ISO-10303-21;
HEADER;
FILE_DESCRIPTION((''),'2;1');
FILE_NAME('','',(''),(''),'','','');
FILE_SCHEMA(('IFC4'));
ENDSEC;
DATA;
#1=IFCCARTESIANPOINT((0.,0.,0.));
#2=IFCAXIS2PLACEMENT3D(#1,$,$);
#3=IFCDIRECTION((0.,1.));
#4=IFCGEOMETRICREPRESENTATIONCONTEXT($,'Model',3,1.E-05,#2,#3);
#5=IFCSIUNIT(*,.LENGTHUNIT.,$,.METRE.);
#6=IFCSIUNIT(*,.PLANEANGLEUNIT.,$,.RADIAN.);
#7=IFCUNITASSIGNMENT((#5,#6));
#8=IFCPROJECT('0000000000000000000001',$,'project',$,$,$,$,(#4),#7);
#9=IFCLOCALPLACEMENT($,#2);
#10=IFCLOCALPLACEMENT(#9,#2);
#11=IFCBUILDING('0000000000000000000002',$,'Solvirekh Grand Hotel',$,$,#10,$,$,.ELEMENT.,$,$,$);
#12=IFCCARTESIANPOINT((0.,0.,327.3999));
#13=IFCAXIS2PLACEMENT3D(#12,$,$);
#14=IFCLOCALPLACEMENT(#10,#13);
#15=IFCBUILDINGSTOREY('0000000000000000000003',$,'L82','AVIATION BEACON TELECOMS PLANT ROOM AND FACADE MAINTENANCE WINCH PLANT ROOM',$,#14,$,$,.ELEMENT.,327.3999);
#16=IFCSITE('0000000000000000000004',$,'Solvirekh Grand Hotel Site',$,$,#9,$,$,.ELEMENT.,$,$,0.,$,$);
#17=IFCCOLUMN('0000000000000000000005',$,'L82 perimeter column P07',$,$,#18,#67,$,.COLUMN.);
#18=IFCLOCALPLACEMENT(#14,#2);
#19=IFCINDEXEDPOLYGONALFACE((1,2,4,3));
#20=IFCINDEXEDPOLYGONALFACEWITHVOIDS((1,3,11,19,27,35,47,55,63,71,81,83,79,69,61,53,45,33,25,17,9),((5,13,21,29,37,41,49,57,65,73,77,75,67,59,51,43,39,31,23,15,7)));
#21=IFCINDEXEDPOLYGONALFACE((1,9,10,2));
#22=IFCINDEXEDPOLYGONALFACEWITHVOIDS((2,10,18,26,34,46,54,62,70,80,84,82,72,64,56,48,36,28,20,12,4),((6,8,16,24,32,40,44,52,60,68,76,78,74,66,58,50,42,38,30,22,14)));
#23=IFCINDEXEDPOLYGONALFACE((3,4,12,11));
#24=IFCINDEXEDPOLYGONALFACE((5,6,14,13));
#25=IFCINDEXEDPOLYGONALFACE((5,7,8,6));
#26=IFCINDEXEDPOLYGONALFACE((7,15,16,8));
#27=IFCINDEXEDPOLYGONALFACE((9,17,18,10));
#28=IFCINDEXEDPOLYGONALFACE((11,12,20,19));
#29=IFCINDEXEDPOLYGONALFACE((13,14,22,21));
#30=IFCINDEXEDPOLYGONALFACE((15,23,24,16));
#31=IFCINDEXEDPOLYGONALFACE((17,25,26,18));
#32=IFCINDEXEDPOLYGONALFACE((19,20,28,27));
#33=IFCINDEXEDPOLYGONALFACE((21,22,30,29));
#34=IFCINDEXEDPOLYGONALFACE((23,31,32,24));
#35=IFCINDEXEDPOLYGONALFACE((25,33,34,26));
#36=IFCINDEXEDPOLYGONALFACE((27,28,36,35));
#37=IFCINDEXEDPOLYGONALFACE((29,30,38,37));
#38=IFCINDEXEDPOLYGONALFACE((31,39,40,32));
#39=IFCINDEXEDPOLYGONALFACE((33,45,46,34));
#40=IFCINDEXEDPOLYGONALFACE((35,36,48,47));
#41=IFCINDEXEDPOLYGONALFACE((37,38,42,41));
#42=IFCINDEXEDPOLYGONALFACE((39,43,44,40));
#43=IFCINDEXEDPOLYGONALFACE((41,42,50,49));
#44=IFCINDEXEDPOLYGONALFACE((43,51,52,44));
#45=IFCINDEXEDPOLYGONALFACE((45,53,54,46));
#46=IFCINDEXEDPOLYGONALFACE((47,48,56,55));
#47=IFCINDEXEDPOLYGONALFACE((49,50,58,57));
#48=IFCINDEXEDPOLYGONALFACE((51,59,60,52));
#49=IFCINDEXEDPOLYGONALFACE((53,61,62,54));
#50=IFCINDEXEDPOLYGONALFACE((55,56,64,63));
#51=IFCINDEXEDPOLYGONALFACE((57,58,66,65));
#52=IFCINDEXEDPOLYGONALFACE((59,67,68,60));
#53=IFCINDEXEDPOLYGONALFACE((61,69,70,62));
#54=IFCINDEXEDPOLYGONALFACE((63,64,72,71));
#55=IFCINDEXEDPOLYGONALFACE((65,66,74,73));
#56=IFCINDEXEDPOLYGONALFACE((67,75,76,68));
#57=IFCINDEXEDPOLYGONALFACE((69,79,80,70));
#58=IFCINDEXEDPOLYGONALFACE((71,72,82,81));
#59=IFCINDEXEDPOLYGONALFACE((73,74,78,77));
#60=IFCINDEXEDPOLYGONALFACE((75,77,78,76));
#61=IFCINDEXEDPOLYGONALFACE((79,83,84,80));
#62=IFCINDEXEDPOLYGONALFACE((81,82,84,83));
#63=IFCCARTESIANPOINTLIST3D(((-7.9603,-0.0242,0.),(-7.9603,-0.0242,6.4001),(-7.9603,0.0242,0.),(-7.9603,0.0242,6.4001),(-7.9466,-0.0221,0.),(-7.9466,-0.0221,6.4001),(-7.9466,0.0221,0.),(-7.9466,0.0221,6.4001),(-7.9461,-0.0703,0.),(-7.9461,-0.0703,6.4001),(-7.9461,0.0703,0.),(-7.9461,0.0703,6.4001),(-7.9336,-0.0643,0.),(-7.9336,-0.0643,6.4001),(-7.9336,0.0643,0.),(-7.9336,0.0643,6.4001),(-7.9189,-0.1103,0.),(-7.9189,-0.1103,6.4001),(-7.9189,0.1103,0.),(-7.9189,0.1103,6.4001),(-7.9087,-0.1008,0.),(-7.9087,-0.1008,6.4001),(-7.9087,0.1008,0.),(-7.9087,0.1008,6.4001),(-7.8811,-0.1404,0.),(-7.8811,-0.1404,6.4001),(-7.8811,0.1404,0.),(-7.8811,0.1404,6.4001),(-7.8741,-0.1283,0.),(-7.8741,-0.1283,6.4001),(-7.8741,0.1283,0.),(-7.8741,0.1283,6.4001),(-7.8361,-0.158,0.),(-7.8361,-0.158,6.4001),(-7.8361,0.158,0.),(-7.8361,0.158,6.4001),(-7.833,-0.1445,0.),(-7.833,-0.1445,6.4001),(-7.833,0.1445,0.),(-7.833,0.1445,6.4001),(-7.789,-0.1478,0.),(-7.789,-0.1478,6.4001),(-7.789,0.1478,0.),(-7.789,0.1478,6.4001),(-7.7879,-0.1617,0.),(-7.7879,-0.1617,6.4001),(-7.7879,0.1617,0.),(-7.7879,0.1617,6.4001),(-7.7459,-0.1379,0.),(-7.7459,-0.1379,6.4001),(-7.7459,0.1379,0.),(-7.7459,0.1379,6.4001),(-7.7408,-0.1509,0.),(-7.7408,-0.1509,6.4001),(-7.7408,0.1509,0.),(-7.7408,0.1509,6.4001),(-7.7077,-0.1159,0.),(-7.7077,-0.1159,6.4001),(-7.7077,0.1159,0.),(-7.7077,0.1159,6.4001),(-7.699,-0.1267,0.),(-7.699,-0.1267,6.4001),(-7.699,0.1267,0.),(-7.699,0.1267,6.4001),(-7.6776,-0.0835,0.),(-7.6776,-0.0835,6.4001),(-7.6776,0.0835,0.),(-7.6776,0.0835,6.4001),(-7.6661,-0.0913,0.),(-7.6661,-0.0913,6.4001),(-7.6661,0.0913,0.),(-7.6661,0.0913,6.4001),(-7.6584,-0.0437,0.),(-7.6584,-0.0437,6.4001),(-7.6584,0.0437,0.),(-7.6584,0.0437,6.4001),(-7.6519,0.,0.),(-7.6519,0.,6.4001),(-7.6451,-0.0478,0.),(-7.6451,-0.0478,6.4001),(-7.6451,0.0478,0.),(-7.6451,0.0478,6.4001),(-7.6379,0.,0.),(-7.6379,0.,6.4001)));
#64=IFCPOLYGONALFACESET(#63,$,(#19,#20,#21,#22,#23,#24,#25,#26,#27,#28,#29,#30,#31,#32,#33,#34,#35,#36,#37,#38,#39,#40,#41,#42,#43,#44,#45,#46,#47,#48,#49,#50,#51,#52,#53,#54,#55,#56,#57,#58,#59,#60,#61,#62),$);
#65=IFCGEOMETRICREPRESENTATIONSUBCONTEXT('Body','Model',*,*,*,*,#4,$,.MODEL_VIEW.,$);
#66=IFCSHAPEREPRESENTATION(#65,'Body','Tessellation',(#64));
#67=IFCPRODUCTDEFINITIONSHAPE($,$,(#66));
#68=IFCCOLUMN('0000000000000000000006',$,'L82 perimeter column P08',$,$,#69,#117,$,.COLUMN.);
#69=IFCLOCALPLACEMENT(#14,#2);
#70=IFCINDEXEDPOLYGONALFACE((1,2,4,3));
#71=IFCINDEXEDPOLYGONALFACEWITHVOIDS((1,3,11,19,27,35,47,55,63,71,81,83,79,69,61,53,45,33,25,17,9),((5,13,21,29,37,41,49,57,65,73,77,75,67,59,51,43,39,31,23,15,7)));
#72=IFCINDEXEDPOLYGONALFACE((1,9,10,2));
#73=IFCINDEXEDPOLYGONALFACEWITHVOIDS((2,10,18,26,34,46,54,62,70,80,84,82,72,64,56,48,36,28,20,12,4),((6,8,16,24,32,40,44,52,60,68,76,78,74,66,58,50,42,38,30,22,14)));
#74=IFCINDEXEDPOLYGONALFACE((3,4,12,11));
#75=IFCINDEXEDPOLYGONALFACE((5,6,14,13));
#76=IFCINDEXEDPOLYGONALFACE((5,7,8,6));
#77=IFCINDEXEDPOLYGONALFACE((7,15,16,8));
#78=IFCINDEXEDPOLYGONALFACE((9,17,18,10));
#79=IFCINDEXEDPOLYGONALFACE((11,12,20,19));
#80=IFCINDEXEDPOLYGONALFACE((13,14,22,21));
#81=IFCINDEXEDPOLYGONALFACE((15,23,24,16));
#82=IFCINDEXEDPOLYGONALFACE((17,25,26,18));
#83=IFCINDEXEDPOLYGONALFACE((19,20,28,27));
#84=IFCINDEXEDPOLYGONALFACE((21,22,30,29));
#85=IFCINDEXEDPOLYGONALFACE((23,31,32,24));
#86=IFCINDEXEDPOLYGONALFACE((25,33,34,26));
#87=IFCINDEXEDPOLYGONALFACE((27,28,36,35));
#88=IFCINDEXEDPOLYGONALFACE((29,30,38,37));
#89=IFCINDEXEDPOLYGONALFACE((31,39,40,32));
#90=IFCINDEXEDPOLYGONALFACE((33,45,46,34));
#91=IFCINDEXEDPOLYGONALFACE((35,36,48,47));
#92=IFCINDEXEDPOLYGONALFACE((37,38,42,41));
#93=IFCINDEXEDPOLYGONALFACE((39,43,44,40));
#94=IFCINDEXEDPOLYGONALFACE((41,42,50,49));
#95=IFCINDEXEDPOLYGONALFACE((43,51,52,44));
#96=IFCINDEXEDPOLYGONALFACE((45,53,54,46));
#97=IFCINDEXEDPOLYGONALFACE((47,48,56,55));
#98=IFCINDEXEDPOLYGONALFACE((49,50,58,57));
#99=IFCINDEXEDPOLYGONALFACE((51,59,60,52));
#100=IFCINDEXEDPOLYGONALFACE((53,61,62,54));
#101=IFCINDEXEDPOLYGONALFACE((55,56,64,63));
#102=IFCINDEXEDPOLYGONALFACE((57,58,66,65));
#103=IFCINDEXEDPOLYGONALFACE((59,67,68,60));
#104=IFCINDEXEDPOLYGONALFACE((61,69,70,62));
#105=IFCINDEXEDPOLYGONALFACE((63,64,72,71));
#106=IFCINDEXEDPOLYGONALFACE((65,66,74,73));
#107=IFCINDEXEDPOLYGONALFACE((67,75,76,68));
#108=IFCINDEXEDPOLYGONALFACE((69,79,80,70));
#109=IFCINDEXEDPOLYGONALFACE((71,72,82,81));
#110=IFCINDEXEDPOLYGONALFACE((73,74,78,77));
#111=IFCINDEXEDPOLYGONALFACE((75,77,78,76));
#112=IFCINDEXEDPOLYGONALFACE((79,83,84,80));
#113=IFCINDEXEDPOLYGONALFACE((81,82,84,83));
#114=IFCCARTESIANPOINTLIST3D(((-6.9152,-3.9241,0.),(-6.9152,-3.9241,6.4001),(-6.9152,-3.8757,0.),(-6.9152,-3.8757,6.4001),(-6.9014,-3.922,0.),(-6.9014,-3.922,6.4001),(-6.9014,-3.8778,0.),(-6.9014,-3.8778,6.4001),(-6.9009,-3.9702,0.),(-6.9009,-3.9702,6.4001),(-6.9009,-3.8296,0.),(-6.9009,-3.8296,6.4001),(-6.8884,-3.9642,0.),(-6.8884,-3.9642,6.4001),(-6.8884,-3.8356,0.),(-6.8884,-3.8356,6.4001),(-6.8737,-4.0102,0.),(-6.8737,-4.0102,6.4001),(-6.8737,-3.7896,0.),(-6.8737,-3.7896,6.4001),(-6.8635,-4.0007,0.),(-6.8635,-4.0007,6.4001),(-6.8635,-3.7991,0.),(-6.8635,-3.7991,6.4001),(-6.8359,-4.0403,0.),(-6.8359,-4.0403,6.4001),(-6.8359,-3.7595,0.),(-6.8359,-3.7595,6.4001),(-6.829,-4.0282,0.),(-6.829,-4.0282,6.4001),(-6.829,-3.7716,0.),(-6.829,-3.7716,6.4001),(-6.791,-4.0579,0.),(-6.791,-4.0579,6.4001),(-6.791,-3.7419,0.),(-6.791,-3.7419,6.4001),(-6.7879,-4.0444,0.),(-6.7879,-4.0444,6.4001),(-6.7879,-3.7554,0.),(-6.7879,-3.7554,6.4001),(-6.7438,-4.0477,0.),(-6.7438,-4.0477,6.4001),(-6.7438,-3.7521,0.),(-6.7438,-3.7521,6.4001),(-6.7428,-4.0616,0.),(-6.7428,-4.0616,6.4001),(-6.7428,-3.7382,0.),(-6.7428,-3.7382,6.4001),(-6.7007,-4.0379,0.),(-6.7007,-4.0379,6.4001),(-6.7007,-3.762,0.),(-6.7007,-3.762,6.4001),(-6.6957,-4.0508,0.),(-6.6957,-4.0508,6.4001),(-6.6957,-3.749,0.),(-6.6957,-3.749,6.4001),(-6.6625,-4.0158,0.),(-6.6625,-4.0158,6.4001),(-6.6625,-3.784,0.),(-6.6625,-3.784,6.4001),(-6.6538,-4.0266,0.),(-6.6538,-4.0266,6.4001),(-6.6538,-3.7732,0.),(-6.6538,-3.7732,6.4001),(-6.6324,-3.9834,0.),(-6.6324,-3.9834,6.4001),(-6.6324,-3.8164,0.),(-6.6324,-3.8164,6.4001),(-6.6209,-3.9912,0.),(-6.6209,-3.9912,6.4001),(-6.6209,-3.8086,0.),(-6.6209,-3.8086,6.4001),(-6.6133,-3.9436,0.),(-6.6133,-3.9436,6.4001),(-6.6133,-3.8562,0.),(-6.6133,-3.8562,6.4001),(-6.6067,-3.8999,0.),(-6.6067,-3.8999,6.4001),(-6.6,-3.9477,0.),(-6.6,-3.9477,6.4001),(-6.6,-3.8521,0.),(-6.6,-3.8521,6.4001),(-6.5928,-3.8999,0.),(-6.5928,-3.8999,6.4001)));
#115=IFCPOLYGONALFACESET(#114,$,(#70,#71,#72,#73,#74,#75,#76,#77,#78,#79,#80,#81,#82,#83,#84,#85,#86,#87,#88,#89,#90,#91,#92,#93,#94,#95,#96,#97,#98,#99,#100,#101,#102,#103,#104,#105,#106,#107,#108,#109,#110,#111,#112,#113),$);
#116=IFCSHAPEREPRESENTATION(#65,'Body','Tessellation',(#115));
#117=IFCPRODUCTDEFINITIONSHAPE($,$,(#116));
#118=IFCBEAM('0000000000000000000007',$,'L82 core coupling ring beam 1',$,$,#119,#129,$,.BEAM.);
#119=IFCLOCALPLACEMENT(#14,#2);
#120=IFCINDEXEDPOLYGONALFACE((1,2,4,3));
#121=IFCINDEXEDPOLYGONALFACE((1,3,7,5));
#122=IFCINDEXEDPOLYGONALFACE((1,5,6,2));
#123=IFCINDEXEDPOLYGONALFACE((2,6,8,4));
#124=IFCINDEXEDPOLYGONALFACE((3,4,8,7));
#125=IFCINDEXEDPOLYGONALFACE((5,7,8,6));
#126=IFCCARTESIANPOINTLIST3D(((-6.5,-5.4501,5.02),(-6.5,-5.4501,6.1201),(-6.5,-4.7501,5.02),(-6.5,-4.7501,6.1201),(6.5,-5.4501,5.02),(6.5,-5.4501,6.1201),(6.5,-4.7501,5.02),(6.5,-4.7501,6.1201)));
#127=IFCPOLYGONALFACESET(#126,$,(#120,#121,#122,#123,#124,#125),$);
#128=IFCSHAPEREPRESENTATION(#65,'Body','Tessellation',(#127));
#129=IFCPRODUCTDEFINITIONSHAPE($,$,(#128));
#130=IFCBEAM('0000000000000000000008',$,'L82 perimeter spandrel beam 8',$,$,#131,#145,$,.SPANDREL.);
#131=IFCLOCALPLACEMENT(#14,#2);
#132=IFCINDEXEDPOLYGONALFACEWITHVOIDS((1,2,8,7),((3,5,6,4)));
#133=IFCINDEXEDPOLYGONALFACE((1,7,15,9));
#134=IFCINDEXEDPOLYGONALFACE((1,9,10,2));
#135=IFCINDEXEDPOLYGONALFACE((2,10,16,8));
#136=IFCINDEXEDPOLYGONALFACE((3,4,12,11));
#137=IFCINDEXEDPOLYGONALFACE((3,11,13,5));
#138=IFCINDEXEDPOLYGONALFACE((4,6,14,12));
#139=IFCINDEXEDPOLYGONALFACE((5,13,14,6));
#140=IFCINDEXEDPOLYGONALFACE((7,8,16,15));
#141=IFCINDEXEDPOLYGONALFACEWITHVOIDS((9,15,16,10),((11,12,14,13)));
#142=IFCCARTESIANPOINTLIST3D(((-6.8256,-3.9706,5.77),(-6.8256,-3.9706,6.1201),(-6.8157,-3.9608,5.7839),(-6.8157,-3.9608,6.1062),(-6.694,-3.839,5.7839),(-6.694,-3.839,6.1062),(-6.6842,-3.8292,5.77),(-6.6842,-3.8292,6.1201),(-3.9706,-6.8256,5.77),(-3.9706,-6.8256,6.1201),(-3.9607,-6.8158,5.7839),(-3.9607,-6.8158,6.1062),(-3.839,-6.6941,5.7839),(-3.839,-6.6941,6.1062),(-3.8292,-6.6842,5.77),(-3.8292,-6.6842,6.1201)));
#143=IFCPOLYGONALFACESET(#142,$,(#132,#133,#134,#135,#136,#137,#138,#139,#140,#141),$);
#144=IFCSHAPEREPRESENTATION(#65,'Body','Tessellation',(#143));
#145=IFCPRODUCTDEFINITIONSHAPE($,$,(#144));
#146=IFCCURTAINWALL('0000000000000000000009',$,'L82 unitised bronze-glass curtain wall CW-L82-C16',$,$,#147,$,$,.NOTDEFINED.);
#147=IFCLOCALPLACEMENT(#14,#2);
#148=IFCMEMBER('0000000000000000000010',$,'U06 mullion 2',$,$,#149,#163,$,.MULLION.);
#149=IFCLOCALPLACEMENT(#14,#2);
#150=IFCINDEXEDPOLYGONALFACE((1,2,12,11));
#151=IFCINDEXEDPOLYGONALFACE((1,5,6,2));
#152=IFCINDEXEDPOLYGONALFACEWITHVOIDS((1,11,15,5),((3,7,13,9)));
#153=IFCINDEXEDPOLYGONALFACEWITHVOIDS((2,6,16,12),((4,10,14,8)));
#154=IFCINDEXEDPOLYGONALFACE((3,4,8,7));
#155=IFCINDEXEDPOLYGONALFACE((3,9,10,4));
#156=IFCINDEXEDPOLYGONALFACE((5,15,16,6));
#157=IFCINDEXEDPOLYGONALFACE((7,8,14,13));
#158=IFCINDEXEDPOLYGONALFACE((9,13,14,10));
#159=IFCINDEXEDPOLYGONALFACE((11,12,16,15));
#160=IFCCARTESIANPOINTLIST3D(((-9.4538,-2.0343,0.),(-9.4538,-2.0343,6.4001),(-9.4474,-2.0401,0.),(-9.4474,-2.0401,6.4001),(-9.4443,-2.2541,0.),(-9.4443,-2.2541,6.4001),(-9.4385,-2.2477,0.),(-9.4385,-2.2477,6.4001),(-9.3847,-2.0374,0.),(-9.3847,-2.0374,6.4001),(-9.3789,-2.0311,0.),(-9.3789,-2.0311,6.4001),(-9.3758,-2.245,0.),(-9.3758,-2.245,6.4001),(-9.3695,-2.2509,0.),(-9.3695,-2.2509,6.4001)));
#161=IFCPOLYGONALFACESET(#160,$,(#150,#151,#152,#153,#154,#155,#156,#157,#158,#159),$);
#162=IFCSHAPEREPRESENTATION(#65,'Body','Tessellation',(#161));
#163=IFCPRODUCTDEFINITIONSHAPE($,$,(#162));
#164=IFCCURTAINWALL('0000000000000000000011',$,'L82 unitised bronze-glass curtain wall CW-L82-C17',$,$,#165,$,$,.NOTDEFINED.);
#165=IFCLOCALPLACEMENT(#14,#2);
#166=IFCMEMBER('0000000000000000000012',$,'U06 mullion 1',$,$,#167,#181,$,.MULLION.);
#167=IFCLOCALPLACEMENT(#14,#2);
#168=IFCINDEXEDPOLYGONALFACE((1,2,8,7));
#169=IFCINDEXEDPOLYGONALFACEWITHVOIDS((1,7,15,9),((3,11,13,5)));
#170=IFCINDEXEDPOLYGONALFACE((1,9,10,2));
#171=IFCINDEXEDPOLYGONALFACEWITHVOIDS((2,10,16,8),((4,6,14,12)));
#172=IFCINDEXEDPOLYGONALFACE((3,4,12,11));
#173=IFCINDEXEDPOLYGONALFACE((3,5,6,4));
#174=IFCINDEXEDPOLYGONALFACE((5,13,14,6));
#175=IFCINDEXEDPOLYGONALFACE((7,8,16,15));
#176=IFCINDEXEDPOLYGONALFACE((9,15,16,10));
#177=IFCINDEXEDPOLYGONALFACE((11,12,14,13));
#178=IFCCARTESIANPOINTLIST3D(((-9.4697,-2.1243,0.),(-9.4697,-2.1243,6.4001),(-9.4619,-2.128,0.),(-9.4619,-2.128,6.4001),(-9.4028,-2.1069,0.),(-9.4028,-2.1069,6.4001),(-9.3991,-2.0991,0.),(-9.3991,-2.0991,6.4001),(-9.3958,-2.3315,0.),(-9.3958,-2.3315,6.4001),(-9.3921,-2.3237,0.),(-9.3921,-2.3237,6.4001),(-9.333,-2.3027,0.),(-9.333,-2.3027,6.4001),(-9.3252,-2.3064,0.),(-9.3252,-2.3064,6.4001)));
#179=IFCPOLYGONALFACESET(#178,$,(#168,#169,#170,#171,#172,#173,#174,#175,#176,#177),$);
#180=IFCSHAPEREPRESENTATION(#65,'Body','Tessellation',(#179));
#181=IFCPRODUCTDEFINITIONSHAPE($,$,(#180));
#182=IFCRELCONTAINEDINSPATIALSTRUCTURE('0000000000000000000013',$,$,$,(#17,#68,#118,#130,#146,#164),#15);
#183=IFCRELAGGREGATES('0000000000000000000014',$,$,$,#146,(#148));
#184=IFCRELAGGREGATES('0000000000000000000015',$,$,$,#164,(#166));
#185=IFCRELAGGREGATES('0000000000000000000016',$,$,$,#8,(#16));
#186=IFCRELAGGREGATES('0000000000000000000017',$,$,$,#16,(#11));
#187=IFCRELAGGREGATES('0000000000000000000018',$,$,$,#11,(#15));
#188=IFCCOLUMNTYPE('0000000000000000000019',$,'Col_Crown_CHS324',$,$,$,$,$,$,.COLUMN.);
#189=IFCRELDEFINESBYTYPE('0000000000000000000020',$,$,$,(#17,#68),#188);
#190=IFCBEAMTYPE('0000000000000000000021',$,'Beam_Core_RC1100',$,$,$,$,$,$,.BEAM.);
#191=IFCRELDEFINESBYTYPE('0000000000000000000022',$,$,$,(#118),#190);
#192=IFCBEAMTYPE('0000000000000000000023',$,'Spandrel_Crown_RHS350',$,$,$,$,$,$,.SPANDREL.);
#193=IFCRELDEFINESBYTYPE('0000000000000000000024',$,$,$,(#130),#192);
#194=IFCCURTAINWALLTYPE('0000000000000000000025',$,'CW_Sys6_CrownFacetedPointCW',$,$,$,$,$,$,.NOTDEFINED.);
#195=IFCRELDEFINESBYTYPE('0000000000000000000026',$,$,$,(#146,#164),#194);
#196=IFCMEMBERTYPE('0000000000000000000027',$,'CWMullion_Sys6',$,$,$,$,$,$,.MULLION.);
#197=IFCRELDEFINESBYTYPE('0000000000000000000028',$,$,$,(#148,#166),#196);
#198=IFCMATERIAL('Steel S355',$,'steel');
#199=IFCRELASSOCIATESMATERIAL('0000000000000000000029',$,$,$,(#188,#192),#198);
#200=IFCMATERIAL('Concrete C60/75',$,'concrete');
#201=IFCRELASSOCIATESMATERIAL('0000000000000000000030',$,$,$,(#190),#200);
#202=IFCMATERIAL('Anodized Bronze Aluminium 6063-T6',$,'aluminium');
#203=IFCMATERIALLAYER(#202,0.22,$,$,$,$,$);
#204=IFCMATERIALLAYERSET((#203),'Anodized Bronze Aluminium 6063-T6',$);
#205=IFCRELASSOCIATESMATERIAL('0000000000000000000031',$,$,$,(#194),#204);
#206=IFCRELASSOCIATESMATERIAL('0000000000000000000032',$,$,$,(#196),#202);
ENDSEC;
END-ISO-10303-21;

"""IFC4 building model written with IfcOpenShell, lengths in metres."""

from ifc_helpers import new_model, si_unit, direction, frame, origin, origin_2d, place, context, subcontext, project, spatial, rectangle, hollow_rectangle, hollow_circle, extrude, source, transform, mapped, material, layer, layer_set, material_profile, profile_set, type_object, element, aggregate, save


model = new_model("IFC4")

# Units and contexts
model_context = context("Model", 3, precision=1e-05, world=origin(), true_north=direction((0.0, 1.0)))
body_context = subcontext(model_context, "Body", "Model", "MODEL_VIEW")
ifc_project = project(units=[si_unit("LENGTHUNIT", "METRE"), si_unit("PLANEANGLEUNIT", "RADIAN")], contexts=[model_context])

# Site, building, storey
site_placement = place(None, origin())
site = spatial("IfcSite", under=ifc_project, at=site_placement, Name="Solvirekh Grand Hotel Site", CompositionType="ELEMENT", RefElevation=0.0)
building_placement = place(site_placement, origin())
building = spatial("IfcBuilding", under=site, at=building_placement, Name="Solvirekh Grand Hotel", CompositionType="ELEMENT")
storey_placement = place(building_placement, frame((0.0, 0.0, 327.3999)))
storey = spatial("IfcBuildingStorey", under=building, at=storey_placement, Name="L82", Description="AVIATION BEACON TELECOMS PLANT ROOM AND FACADE MAINTENANCE WINCH PLANT ROOM", CompositionType="ELEMENT", Elevation=327.3999)

# Columns
ifc_material_1 = material(Name="Steel S355", Category="steel")
ifc_material_profile_1 = material_profile(ifc_material_1, hollow_circle(Radius=0.1621, WallThickness=0.0139, at=origin_2d()), Name="CHS 324X14")
ifc_profile_set_1 = profile_set([ifc_material_profile_1], Name="Steel S355")
column_type = type_object("IfcColumnType", Name="Col_Crown_CHS324", PredefinedType="COLUMN", material=ifc_profile_set_1)
for number, where, z_axis, x_axis, name in (
    (1, (-7.8, 0.0, 0.0), (0.0, 0.0, 1.0), (1.0, 0.0, 0.0), "L82 perimeter column P07"),
    (2, (-6.7549, -3.8999, 0.0), (0.0, 0.0, 1.0), (1.0, 0.0, 0.0), "L82 perimeter column P08"),
):
    element("IfcColumn", number, at=place(storey_placement, frame(where, z_axis=z_axis, x_axis=x_axis)), inside=storey, type_object=column_type, Name=name, PredefinedType="COLUMN", context=body_context, shape_type="SweptSolid", body=[
        extrude(hollow_circle(Radius=0.1621, WallThickness=0.0139, at=origin_2d()), origin(), (0.0, 0.0, 1.0), 6.4001),
    ])

# Beams
ifc_material_2 = material(Name="Concrete C60/75", Category="concrete")
ifc_material_profile_2 = material_profile(ifc_material_2, rectangle(XDim=0.7, YDim=1.1001, at=origin_2d()), Name="RC BEAM 700X1100")
ifc_profile_set_2 = profile_set([ifc_material_profile_2], Name="Concrete C60/75")
beam_type_1 = type_object("IfcBeamType", Name="Beam_Core_RC1100", PredefinedType="BEAM", material=ifc_profile_set_2)
beam_1_placement = place(storey_placement, frame((-6.5, -5.1001, 5.5701), z_axis=(1.0, 0.0, 0.0), x_axis=(0.0, 1.0, 0.0)))
element("IfcBeam", 3, at=beam_1_placement, inside=storey, type_object=beam_type_1, Name="L82 core coupling ring beam 1", PredefinedType="BEAM", context=body_context, shape_type="SweptSolid", body=[
    extrude(rectangle(XDim=0.7, YDim=1.1001, at=origin_2d()), origin(), (0.0, 0.0, 1.0), 13.0),
])
ifc_material_profile_3 = material_profile(ifc_material_1, hollow_rectangle(XDim=0.2, YDim=0.3501, WallThickness=0.0139, at=origin_2d()), Name="RHS 350X200X14")
ifc_profile_set_3 = profile_set([ifc_material_profile_3], Name="Steel S355")
beam_type_2 = type_object("IfcBeamType", Name="Spandrel_Crown_RHS350", PredefinedType="SPANDREL", material=ifc_profile_set_3)
beam_2_placement = place(storey_placement, frame((-6.7549, -3.8999, 5.9451), z_axis=(0.707107, -0.707107, 0.0), x_axis=(0.707107, 0.707107, 0.0)))
element("IfcBeam", 4, at=beam_2_placement, inside=storey, type_object=beam_type_2, Name="L82 perimeter spandrel beam 8", PredefinedType="SPANDREL", context=body_context, shape_type="SweptSolid", body=[
    extrude(hollow_rectangle(XDim=0.2, YDim=0.3501, WallThickness=0.0139, at=origin_2d()), origin(), (0.0, 0.0, 1.0), 4.0376),
])

# Curtain wall, member
ifc_material_3 = material(Name="Anodized Bronze Aluminium 6063-T6", Category="aluminium")
ifc_layer_1 = layer(ifc_material_3, 0.22)
ifc_layer_set_1 = layer_set([ifc_layer_1], Name="Anodized Bronze Aluminium 6063-T6")
curtain_wall_type = type_object("IfcCurtainWallType", Name="CW_Sys6_CrownFacetedPointCW", PredefinedType="NOTDEFINED", material=ifc_layer_set_1)
curtain_wall_1_placement = place(storey_placement, origin())
curtain_wall_1 = element("IfcCurtainWall", 5, at=curtain_wall_1_placement, inside=storey, type_object=curtain_wall_type, Name="L82 unitised bronze-glass curtain wall CW-L82-C16", PredefinedType="NOTDEFINED")
ifc_material_profile_4 = material_profile(ifc_material_3, hollow_rectangle(XDim=0.075, YDim=0.22, WallThickness=0.0061, at=origin_2d()), Name="ALU RHS 220X75X6")
ifc_profile_set_4 = profile_set([ifc_material_profile_4], Name="Anodized Bronze Aluminium 6063-T6")
member_type_1 = type_object("IfcMemberType", Name="CWMullion_Sys6", PredefinedType="MULLION", material=ifc_profile_set_4)
shared_shape_1 = source(origin(), body_context, "Body", "SweptSolid", [
    extrude(hollow_rectangle(XDim=0.075, YDim=0.22, WallThickness=0.0061, at=origin_2d()), origin(), (0.0, 0.0, 1.0), 6.4001),
])
member_1_placement = place(storey_placement, frame((-9.4116, -2.1426, 0.0), z_axis=(0.0, 0.0, 1.0), x_axis=(0.999075, 0.043001, 0.0)))
member_1 = element("IfcMember", 6, at=member_1_placement, type_object=member_type_1, Name="U06 mullion 2", PredefinedType="MULLION", context=body_context, shape_type="MappedRepresentation", body=[
    mapped(shared_shape_1, transform((0.0, 0.0, 0.0), x_axis=(1.0, 0.0, 0.0), y_axis=(0.0, 1.0, 0.0), z_axis=(0.0, 0.0, 1.0), scale=1.0)),
])

# Curtain wall, member
curtain_wall_2_placement = place(storey_placement, origin())
curtain_wall_2 = element("IfcCurtainWall", 7, at=curtain_wall_2_placement, inside=storey, type_object=curtain_wall_type, Name="L82 unitised bronze-glass curtain wall CW-L82-C17", PredefinedType="NOTDEFINED")
member_2_placement = place(storey_placement, frame((-9.3975, -2.2153, 0.0), z_axis=(0.0, 0.0, 1.0), x_axis=(0.94195, 0.335754, 0.0)))
member_2 = element("IfcMember", 8, at=member_2_placement, type_object=member_type_1, Name="U06 mullion 1", PredefinedType="MULLION", context=body_context, shape_type="MappedRepresentation", body=[
    mapped(shared_shape_1, transform((0.0, 0.0, 0.0), x_axis=(1.0, 0.0, 0.0), y_axis=(0.0, 1.0, 0.0), z_axis=(0.0, 0.0, 1.0), scale=1.0)),
])

aggregate(curtain_wall_1, [member_1])
aggregate(curtain_wall_2, [member_2])

save(model, "model.ifc")
